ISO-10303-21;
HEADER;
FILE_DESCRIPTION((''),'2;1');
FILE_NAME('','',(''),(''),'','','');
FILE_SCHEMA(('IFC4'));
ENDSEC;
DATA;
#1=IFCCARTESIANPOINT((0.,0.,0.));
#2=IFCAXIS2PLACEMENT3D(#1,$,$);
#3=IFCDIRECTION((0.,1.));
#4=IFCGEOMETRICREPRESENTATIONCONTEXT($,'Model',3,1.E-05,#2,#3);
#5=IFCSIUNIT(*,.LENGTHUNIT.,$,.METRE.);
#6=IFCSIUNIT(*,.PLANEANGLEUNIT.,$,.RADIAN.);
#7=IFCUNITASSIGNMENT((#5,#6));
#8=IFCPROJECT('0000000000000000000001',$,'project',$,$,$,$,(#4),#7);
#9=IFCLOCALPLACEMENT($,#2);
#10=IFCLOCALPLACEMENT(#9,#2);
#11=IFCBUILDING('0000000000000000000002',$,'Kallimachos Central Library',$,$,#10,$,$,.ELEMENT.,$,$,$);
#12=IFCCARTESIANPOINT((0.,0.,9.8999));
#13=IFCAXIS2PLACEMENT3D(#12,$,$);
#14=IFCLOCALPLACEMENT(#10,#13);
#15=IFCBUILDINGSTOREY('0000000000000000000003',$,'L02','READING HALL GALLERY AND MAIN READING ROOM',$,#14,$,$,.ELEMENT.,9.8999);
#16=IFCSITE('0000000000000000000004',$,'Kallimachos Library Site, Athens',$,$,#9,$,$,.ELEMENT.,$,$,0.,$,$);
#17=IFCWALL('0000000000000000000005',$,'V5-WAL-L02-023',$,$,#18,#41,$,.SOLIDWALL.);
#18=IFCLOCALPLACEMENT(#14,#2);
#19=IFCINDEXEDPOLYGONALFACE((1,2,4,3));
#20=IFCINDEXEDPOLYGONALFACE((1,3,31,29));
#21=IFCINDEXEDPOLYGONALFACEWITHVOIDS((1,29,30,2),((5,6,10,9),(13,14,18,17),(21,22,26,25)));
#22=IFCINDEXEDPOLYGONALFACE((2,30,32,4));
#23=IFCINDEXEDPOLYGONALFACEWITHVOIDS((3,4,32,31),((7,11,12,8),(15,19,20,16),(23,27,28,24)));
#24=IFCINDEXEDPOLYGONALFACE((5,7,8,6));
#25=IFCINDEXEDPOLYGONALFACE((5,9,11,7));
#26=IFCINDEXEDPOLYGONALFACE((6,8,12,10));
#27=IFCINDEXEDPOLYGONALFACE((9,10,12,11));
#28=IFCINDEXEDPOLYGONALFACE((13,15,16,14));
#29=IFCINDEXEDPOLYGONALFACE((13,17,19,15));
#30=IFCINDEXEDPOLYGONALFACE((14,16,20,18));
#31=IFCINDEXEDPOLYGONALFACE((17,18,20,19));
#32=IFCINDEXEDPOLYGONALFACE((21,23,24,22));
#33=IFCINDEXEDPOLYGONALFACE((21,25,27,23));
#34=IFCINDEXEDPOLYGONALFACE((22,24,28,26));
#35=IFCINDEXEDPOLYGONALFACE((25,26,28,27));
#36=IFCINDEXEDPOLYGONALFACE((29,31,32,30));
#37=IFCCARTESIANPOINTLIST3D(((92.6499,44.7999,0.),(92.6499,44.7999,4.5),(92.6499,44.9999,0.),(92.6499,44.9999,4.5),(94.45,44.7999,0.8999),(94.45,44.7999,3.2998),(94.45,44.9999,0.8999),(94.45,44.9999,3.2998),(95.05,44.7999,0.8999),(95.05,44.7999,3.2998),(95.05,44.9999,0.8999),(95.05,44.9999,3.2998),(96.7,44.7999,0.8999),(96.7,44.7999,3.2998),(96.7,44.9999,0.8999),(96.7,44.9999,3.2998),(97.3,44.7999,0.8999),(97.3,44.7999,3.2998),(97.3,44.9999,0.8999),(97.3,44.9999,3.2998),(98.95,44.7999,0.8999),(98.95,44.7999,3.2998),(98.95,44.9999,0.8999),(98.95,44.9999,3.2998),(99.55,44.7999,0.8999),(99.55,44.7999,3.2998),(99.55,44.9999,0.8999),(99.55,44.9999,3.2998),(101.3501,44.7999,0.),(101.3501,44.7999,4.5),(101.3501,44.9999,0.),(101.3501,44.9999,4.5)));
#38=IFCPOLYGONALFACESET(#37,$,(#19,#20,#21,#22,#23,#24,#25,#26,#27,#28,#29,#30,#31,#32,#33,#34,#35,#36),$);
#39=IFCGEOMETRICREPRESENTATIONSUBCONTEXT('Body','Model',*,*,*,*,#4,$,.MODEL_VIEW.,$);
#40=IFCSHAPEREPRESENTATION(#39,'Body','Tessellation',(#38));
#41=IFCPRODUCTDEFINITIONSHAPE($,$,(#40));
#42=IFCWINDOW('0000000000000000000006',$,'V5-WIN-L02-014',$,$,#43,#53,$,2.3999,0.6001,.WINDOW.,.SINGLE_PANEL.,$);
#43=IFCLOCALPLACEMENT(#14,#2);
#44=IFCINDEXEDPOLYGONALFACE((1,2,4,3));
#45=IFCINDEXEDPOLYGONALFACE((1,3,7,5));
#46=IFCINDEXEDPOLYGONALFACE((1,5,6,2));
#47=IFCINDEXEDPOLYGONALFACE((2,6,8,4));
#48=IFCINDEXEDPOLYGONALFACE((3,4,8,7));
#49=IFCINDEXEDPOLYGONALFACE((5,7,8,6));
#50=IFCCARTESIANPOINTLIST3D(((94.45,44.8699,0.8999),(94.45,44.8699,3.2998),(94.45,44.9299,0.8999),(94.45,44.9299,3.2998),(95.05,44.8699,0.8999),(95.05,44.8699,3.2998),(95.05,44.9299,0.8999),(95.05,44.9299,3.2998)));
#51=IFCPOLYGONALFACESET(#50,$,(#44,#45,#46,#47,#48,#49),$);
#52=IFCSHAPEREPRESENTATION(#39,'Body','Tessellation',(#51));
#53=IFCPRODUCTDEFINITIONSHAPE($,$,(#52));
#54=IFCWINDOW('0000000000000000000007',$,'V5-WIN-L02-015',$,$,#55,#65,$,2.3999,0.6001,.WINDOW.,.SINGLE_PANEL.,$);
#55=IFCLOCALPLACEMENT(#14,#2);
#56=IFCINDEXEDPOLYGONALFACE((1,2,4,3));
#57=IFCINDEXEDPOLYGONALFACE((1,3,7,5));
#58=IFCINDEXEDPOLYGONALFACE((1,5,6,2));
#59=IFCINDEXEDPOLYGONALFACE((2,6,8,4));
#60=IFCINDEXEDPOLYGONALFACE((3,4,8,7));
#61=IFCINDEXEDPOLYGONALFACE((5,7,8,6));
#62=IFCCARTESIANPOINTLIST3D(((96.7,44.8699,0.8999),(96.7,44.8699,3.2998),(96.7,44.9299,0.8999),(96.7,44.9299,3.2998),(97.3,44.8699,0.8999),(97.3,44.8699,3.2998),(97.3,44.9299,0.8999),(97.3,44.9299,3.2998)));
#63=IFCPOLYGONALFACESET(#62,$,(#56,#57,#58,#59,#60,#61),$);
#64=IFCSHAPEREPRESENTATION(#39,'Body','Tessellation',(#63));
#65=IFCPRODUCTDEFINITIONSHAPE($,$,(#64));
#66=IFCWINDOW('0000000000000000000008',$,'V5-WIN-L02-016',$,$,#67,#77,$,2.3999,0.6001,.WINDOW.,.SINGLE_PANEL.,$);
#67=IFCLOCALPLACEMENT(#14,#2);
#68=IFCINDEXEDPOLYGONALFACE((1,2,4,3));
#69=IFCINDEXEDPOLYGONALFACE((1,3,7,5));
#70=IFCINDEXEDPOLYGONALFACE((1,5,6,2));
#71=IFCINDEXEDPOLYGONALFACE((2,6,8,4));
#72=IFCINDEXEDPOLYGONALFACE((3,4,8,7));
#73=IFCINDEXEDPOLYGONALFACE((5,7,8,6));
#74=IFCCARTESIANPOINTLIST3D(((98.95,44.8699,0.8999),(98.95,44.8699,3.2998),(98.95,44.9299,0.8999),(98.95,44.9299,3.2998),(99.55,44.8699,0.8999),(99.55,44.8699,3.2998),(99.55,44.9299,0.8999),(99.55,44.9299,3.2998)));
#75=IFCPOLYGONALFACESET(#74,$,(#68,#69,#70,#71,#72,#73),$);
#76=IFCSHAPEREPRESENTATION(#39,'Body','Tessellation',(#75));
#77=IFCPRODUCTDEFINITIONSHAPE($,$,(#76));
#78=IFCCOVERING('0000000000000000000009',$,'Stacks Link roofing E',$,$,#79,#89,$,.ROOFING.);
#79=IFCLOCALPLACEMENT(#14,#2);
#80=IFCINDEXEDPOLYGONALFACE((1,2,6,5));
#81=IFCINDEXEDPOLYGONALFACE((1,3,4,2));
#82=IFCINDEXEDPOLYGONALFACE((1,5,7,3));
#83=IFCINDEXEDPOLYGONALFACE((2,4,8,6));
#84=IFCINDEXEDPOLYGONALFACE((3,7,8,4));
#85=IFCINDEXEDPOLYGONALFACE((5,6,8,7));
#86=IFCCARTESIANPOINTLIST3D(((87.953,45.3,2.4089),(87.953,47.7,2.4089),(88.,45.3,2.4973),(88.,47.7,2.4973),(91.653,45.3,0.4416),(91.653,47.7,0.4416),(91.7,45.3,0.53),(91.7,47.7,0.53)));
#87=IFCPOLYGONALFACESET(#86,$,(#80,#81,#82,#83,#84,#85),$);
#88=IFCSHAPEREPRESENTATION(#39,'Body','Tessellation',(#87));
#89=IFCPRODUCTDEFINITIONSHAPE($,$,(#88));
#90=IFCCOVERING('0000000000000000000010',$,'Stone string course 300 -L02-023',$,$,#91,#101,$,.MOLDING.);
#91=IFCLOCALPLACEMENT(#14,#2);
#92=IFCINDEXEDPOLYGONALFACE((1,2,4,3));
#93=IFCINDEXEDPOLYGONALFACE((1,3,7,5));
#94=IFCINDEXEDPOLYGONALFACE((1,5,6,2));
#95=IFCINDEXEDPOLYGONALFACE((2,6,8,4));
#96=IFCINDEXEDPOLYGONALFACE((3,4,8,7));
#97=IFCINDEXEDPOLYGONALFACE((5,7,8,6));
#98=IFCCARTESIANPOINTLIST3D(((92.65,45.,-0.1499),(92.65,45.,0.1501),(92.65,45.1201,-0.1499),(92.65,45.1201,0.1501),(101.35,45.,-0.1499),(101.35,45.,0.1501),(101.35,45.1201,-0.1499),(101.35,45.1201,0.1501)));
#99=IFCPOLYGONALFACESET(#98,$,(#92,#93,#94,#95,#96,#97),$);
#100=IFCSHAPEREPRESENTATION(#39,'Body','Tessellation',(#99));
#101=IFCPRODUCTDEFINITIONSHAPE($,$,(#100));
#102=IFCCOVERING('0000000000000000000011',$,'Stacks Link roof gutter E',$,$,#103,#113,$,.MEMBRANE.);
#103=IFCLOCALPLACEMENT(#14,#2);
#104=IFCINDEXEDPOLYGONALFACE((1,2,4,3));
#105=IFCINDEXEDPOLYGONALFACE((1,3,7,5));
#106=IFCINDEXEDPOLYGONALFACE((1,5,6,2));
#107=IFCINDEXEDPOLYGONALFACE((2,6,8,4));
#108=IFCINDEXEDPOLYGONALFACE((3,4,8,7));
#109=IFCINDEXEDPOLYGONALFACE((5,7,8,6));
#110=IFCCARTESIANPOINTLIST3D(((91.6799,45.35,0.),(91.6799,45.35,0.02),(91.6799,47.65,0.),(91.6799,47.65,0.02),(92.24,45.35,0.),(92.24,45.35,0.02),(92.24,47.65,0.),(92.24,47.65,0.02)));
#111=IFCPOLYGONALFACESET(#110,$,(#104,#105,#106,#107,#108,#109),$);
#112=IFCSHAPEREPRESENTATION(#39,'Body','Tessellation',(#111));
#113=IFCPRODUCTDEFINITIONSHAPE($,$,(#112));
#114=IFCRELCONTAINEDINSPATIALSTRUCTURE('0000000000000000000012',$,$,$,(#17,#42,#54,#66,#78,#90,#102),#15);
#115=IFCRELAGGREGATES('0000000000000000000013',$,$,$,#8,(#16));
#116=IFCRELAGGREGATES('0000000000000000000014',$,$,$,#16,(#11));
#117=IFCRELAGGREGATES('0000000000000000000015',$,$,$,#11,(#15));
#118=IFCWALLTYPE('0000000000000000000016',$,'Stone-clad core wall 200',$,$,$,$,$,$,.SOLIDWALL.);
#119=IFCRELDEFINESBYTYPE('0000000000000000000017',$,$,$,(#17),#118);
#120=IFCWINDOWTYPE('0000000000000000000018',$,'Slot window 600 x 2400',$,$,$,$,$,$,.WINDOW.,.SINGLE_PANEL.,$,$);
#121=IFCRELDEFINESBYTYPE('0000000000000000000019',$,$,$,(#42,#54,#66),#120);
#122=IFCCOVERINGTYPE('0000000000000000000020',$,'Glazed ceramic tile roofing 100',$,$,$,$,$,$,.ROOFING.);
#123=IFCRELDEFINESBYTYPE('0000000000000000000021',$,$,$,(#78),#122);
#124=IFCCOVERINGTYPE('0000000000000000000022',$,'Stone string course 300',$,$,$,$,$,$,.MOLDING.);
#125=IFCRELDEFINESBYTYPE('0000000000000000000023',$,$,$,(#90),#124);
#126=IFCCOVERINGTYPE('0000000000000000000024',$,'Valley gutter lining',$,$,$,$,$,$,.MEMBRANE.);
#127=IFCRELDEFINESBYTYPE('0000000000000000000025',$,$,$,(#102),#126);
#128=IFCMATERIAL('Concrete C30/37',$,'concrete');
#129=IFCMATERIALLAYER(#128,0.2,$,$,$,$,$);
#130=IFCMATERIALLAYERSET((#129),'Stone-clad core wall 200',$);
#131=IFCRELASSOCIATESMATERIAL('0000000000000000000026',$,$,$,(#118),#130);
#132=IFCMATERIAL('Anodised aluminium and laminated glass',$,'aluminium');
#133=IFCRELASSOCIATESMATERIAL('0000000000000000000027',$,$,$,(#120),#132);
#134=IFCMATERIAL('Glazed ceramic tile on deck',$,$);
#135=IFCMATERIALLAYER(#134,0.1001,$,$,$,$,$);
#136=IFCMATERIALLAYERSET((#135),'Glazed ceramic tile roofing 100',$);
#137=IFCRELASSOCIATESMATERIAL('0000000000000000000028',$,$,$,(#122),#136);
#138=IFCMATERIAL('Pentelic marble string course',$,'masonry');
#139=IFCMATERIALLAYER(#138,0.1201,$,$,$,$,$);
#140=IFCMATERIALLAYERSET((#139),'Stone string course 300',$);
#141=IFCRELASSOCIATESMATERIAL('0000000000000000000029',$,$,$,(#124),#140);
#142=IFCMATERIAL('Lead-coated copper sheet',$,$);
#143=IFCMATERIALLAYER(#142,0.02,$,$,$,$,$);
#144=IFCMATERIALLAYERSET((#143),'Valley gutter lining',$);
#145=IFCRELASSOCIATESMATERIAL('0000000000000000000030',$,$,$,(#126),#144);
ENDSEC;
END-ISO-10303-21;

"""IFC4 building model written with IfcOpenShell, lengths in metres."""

from ifc_helpers import new_model, si_unit, direction, frame, frame_2d, origin, origin_2d, place, context, subcontext, project, spatial, polyline, rectangle, outline, extrude, material, layer, layer_set, type_object, element, fill, save


model = new_model("IFC4")

# Units and contexts
model_context = context("Model", 3, precision=1e-05, world=origin(), true_north=direction((0.0, 1.0)))
body_context = subcontext(model_context, "Body", "Model", "MODEL_VIEW")
ifc_project = project(units=[si_unit("LENGTHUNIT", "METRE"), si_unit("PLANEANGLEUNIT", "RADIAN")], contexts=[model_context])

# Site, building, storey
site_placement = place(None, origin())
site = spatial("IfcSite", under=ifc_project, at=site_placement, Name="Kallimachos Library Site, Athens", CompositionType="ELEMENT", RefElevation=0.0)
building_placement = place(site_placement, origin())
building = spatial("IfcBuilding", under=site, at=building_placement, Name="Kallimachos Central Library", CompositionType="ELEMENT")
storey_placement = place(building_placement, frame((0.0, 0.0, 9.8999)))
storey = spatial("IfcBuildingStorey", under=building, at=storey_placement, Name="L02", Description="READING HALL GALLERY AND MAIN READING ROOM", CompositionType="ELEMENT", Elevation=9.8999)

# Wall, openings, windows
ifc_material_1 = material(Name="Concrete C30/37", Category="concrete")
ifc_layer_1 = layer(ifc_material_1, 0.2)
ifc_layer_set_1 = layer_set([ifc_layer_1], Name="Stone-clad core wall 200")
wall_type_1 = type_object("IfcWallType", Name="Stone-clad core wall 200", PredefinedType="SOLIDWALL", material=ifc_layer_set_1)
wall_1_placement = place(storey_placement, frame((92.6499, 44.8999, 0.0), z_axis=(0.0, 0.0, 1.0), x_axis=(1.0, 0.0, 0.0)))
wall_1 = element("IfcWall", 1, at=wall_1_placement, inside=storey, type_object=wall_type_1, Name="V5-WAL-L02-023", PredefinedType="SOLIDWALL", context=body_context, shape_type="SweptSolid", body=[
    extrude(rectangle(XDim=8.7002, YDim=0.2, at=frame_2d((4.3501, 0.0))), origin(), (0.0, 0.0, 1.0), 4.5),
])
opening_1_placement = place(wall_1_placement, frame((1.8, 0.0, 0.8999)))
opening_1 = element("IfcOpeningElement", 2, at=opening_1_placement, cuts=wall_1, PredefinedType="OPENING", context=body_context, shape_type="SweptSolid", body=[
    extrude(rectangle(XDim=0.6001, YDim=2.3999, at=frame_2d((0.3, 1.2))), frame((0.0, 0.1099, 0.0), z_axis=(0.0, -1.0, 0.0), x_axis=(1.0, 0.0, 0.0)), (0.0, 0.0, 1.0), 0.22),
])
opening_2_placement = place(wall_1_placement, frame((4.05, 0.0, 0.8999)))
opening_2 = element("IfcOpeningElement", 3, at=opening_2_placement, cuts=wall_1, PredefinedType="OPENING", context=body_context, shape_type="SweptSolid", body=[
    extrude(rectangle(XDim=0.6001, YDim=2.3999, at=frame_2d((0.3, 1.2))), frame((0.0, 0.1099, 0.0), z_axis=(0.0, -1.0, 0.0), x_axis=(1.0, 0.0, 0.0)), (0.0, 0.0, 1.0), 0.22),
])
opening_3_placement = place(wall_1_placement, frame((6.3, 0.0, 0.8999)))
opening_3 = element("IfcOpeningElement", 4, at=opening_3_placement, cuts=wall_1, PredefinedType="OPENING", context=body_context, shape_type="SweptSolid", body=[
    extrude(rectangle(XDim=0.6001, YDim=2.3999, at=frame_2d((0.3, 1.2))), frame((0.0, 0.1099, 0.0), z_axis=(0.0, -1.0, 0.0), x_axis=(1.0, 0.0, 0.0)), (0.0, 0.0, 1.0), 0.22),
])
ifc_material_2 = material(Name="Anodised aluminium and laminated glass", Category="aluminium")
window_type = type_object("IfcWindowType", Name="Slot window 600 x 2400", PartitioningType="SINGLE_PANEL", PredefinedType="WINDOW", material=ifc_material_2)
window_1_placement = place(opening_1_placement, origin())
window_1 = element("IfcWindow", 5, at=window_1_placement, inside=storey, type_object=window_type, Name="V5-WIN-L02-014", OverallHeight=2.3999, OverallWidth=0.6001, PartitioningType="SINGLE_PANEL", PredefinedType="WINDOW", context=body_context, shape_type="SweptSolid", body=[
    extrude(rectangle(XDim=0.6001, YDim=2.3999, at=frame_2d((0.3, 1.2))), frame((0.0, 0.03, 0.0), z_axis=(0.0, -1.0, 0.0), x_axis=(1.0, 0.0, 0.0)), (0.0, 0.0, 1.0), 0.0601),
])
fill(opening_1, window_1)
window_2_placement = place(opening_2_placement, origin())
window_2 = element("IfcWindow", 6, at=window_2_placement, inside=storey, type_object=window_type, Name="V5-WIN-L02-015", OverallHeight=2.3999, OverallWidth=0.6001, PartitioningType="SINGLE_PANEL", PredefinedType="WINDOW", context=body_context, shape_type="SweptSolid", body=[
    extrude(rectangle(XDim=0.6001, YDim=2.3999, at=frame_2d((0.3, 1.2))), frame((0.0, 0.03, 0.0), z_axis=(0.0, -1.0, 0.0), x_axis=(1.0, 0.0, 0.0)), (0.0, 0.0, 1.0), 0.0601),
])
fill(opening_2, window_2)
window_3_placement = place(opening_3_placement, origin())
window_3 = element("IfcWindow", 7, at=window_3_placement, inside=storey, type_object=window_type, Name="V5-WIN-L02-016", OverallHeight=2.3999, OverallWidth=0.6001, PartitioningType="SINGLE_PANEL", PredefinedType="WINDOW", context=body_context, shape_type="SweptSolid", body=[
    extrude(rectangle(XDim=0.6001, YDim=2.3999, at=frame_2d((0.3, 1.2))), frame((0.0, 0.03, 0.0), z_axis=(0.0, -1.0, 0.0), x_axis=(1.0, 0.0, 0.0)), (0.0, 0.0, 1.0), 0.0601),
])
fill(opening_3, window_3)

# Coverings
ifc_material_3 = material(Name="Glazed ceramic tile on deck")
ifc_layer_2 = layer(ifc_material_3, 0.1001)
ifc_layer_set_2 = layer_set([ifc_layer_2], Name="Glazed ceramic tile roofing 100")
covering_type_1 = type_object("IfcCoveringType", Name="Glazed ceramic tile roofing 100", PredefinedType="ROOFING", material=ifc_layer_set_2)
covering_1_placement = place(storey_placement, frame((91.7, 45.3, 0.53), z_axis=(0.469469, 0.0, 0.882949), x_axis=(-0.882949, 0.0, 0.469469)))
element("IfcCovering", 8, at=covering_1_placement, inside=storey, type_object=covering_type_1, Name="Stacks Link roofing E", PredefinedType="ROOFING", context=body_context, shape_type="SweptSolid", body=[
    extrude(outline(polyline([(0.0, 0.0), (4.1904, 0.0), (4.1904, -2.3999), (0.0, -2.3999), (0.0, 0.0)])), origin(), (0.0, 0.0, -1.0), 0.1001),
])
ifc_material_4 = material(Name="Pentelic marble string course", Category="masonry")
ifc_layer_3 = layer(ifc_material_4, 0.1201)
ifc_layer_set_3 = layer_set([ifc_layer_3], Name="Stone string course 300")
covering_type_2 = type_object("IfcCoveringType", Name="Stone string course 300", PredefinedType="MOLDING", material=ifc_layer_set_3)
covering_2_placement = place(storey_placement, frame((97.0, 45.0601, -0.1499), z_axis=(0.0, 0.0, 1.0), x_axis=(1.0, 0.0, 0.0)))
element("IfcCovering", 9, at=covering_2_placement, inside=storey, type_object=covering_type_2, Name="Stone string course 300 -L02-023", PredefinedType="MOLDING", context=body_context, shape_type="SweptSolid", body=[
    extrude(rectangle(XDim=8.7, YDim=0.1201, at=origin_2d()), origin(), (0.0, 0.0, 1.0), 0.3),
])
ifc_material_5 = material(Name="Lead-coated copper sheet")
ifc_layer_4 = layer(ifc_material_5, 0.02)
ifc_layer_set_4 = layer_set([ifc_layer_4], Name="Valley gutter lining")
covering_type_3 = type_object("IfcCoveringType", Name="Valley gutter lining", PredefinedType="MEMBRANE", material=ifc_layer_set_4)
covering_3_placement = place(storey_placement, frame((91.96, 46.5, 0.0), z_axis=(0.0, 0.0, 1.0), x_axis=(1.0, 0.0, 0.0)))
element("IfcCovering", 10, at=covering_3_placement, inside=storey, type_object=covering_type_3, Name="Stacks Link roof gutter E", PredefinedType="MEMBRANE", context=body_context, shape_type="SweptSolid", body=[
    extrude(rectangle(XDim=0.5601, YDim=2.3, at=origin_2d()), origin(), (0.0, 0.0, 1.0), 0.02),
])

save(model, "model.ifc")
